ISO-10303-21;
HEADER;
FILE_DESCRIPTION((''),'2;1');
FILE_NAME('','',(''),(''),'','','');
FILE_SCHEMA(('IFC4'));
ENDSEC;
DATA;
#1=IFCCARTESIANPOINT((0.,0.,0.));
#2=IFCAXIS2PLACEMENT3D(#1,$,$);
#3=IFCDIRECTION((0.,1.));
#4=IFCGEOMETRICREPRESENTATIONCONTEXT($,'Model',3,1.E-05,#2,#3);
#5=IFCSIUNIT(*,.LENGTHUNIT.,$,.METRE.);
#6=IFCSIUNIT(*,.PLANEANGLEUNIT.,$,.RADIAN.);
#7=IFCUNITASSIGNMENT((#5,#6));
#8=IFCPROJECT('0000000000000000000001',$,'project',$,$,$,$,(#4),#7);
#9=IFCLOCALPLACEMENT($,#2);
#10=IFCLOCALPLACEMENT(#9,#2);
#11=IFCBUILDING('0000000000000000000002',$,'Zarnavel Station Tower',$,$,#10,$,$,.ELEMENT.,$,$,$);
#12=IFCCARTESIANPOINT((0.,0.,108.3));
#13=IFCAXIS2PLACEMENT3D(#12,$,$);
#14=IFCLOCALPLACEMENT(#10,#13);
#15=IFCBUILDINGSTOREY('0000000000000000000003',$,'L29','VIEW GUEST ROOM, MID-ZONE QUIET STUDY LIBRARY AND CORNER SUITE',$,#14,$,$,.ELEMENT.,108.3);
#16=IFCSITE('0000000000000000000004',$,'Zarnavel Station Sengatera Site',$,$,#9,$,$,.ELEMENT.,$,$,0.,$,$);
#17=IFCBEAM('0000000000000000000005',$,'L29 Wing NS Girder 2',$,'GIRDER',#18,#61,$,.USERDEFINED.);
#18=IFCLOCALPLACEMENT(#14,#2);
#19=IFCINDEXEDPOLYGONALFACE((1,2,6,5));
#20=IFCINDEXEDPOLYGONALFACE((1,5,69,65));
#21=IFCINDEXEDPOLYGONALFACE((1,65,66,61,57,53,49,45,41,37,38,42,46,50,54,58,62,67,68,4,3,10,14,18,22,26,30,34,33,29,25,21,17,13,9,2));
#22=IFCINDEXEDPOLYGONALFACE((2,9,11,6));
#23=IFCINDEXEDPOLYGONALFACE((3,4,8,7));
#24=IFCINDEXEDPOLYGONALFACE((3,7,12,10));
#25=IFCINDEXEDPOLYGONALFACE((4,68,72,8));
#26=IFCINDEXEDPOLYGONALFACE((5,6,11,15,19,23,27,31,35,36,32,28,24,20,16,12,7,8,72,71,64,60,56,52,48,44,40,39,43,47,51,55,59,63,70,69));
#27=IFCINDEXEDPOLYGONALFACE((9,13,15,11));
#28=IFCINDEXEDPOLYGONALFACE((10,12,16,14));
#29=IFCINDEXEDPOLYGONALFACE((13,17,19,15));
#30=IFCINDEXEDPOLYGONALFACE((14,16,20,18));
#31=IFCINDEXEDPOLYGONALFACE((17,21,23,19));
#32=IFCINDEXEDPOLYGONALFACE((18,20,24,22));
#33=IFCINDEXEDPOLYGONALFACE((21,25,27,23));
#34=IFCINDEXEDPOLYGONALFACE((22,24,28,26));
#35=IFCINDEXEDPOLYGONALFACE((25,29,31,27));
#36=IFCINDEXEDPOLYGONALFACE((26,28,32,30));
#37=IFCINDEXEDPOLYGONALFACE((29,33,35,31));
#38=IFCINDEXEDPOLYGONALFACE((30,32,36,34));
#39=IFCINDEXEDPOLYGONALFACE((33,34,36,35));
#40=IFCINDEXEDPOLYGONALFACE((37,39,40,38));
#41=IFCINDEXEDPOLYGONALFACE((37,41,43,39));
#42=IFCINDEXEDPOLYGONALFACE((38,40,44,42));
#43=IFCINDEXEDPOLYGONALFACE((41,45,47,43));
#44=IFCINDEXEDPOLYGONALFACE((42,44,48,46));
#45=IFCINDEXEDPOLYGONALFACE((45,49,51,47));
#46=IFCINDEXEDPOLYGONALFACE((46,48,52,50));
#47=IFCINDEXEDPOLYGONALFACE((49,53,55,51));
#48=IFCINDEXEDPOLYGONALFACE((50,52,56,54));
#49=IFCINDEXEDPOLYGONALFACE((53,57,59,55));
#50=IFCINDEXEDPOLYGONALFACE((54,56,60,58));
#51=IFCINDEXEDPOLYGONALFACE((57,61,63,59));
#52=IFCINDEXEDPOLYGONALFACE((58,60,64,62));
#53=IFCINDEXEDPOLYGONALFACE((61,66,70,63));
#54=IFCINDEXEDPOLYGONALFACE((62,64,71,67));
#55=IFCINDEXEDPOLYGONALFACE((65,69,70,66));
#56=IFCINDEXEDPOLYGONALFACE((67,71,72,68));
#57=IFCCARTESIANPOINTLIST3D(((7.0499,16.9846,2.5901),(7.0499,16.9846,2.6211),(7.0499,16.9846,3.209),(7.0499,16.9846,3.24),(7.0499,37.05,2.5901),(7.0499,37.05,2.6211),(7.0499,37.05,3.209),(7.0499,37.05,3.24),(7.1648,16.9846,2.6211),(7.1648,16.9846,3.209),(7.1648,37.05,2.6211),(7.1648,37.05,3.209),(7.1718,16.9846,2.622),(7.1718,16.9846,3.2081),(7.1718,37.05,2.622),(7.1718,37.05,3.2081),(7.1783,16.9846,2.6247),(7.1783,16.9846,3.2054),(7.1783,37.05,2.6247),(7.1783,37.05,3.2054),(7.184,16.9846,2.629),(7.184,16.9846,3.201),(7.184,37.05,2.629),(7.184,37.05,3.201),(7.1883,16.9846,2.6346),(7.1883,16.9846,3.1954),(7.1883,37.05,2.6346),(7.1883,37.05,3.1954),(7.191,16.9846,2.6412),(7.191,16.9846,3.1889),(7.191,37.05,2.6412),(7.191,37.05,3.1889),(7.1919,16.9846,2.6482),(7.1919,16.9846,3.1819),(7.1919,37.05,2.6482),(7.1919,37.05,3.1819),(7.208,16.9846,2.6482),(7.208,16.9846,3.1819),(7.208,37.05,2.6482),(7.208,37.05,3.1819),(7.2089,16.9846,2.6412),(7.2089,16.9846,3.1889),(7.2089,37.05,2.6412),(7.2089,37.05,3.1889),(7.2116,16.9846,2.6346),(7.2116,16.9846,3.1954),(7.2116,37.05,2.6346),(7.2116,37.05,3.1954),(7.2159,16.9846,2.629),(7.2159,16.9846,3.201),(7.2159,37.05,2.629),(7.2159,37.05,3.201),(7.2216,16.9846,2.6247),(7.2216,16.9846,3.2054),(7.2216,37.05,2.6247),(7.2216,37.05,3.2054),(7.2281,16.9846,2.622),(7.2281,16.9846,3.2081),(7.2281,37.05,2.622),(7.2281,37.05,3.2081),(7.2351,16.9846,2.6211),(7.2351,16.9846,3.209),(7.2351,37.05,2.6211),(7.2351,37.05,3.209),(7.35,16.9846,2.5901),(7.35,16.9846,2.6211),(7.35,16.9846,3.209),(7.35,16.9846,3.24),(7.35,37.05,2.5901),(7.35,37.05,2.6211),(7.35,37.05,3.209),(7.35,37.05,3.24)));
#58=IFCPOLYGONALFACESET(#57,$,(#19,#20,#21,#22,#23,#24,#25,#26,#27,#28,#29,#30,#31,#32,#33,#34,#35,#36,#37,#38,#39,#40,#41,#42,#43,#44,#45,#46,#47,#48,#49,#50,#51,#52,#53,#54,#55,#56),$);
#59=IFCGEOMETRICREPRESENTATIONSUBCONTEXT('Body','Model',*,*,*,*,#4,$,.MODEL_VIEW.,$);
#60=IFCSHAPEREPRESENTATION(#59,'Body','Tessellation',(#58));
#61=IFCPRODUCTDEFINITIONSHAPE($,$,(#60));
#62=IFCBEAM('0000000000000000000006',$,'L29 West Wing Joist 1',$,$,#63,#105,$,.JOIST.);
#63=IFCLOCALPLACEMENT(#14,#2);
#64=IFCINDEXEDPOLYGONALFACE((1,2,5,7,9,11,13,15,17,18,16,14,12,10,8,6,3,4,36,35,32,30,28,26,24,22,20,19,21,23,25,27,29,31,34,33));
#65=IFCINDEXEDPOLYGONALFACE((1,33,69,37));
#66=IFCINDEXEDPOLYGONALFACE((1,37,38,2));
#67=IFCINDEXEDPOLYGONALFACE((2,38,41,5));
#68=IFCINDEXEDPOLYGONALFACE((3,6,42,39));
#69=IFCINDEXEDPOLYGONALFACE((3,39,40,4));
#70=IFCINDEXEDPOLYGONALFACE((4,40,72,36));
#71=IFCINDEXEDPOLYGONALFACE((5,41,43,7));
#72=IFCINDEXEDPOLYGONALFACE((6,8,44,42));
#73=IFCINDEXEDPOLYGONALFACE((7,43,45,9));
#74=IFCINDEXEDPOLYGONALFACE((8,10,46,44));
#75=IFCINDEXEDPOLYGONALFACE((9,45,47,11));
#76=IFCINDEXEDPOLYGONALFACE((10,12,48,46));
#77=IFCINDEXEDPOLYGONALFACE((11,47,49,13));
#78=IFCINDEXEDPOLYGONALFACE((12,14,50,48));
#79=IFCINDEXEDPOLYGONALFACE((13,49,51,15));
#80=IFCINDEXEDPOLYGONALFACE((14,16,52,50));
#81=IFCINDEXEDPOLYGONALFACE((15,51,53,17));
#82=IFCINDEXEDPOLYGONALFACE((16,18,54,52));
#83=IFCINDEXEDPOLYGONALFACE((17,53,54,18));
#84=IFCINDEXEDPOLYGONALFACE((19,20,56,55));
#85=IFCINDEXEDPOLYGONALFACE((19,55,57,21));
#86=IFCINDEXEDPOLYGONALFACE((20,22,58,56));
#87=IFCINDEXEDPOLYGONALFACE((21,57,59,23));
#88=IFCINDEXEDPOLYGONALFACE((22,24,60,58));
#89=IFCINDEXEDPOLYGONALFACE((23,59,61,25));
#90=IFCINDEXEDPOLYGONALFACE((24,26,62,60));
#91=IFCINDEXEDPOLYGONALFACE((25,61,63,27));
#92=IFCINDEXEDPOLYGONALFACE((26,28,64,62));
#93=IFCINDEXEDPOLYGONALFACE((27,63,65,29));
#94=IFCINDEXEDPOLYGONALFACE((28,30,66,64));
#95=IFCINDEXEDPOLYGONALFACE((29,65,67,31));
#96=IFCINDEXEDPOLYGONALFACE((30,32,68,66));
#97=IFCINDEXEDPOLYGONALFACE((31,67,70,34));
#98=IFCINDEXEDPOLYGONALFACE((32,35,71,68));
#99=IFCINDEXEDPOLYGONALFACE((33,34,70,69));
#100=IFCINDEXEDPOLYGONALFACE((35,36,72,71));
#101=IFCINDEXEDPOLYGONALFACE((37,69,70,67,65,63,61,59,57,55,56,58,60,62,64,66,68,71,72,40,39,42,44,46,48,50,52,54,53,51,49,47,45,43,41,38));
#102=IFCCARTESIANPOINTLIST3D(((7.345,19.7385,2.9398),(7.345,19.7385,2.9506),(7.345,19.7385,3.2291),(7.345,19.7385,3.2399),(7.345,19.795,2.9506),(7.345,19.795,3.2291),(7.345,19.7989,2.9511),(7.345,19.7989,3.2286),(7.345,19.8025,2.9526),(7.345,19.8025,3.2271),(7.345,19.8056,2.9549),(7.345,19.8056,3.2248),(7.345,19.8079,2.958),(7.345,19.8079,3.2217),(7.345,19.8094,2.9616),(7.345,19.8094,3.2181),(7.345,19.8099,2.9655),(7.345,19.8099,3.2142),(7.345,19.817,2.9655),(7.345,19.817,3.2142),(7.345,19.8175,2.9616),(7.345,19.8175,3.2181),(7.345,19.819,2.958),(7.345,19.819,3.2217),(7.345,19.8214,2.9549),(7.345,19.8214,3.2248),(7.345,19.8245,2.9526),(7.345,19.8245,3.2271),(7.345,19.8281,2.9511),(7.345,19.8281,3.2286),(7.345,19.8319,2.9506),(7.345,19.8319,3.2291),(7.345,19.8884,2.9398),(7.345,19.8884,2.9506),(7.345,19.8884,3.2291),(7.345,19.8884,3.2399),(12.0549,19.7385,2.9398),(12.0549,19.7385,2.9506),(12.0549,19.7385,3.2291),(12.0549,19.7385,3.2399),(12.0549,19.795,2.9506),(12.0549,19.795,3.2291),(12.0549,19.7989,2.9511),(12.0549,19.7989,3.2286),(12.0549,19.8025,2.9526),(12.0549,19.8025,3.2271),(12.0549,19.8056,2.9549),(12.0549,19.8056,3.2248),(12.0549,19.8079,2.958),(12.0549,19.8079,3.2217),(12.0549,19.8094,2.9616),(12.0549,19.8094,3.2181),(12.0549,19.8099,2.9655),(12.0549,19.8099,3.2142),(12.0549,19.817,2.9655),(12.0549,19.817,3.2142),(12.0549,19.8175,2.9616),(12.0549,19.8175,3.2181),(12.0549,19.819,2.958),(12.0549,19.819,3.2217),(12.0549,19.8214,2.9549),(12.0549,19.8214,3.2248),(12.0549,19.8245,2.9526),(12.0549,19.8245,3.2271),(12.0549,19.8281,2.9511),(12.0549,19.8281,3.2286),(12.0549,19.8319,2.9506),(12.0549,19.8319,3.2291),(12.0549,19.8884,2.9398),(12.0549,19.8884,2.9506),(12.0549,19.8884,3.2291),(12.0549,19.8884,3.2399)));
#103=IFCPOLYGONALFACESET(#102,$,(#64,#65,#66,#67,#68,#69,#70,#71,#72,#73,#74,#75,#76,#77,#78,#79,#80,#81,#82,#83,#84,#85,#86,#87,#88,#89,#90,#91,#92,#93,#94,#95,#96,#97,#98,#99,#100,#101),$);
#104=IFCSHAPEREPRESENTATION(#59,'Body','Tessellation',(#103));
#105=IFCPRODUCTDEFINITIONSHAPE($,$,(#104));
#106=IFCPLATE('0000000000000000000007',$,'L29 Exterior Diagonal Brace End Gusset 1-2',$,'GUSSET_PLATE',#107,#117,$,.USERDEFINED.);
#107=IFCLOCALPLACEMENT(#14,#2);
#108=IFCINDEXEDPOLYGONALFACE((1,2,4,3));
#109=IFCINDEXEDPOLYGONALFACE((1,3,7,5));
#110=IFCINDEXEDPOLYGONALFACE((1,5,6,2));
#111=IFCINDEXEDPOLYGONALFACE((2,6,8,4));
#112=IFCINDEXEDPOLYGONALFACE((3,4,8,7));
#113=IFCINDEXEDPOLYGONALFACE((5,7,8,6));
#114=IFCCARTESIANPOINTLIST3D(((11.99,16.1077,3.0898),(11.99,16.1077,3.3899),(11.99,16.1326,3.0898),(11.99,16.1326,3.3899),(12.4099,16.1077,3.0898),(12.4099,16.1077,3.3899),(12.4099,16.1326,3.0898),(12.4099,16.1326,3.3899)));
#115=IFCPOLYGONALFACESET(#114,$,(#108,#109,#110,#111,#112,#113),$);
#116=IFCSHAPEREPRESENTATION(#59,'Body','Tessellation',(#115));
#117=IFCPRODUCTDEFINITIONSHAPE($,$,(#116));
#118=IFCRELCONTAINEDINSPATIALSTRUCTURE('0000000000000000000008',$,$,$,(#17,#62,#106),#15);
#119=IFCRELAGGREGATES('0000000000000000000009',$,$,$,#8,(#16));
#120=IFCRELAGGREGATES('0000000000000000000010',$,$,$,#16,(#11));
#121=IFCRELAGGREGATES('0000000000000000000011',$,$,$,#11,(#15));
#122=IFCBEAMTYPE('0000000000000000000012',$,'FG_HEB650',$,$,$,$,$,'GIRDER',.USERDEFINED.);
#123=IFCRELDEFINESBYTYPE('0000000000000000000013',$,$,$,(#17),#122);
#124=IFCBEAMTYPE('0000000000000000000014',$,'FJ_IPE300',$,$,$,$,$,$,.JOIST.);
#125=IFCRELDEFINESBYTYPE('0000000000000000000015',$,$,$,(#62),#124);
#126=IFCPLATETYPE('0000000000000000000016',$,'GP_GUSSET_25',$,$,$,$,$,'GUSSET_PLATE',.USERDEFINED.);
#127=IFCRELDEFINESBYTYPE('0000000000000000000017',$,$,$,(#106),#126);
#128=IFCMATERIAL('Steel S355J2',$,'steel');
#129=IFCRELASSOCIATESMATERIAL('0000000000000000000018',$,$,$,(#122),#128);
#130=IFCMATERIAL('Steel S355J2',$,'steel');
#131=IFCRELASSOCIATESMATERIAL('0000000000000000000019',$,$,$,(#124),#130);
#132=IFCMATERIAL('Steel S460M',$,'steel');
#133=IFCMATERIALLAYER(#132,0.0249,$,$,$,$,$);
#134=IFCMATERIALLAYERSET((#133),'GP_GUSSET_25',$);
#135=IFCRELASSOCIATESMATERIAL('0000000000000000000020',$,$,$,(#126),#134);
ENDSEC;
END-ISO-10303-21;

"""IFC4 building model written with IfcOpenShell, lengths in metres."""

from ifc_helpers import new_model, si_unit, direction, frame, origin, origin_2d, place, context, subcontext, project, spatial, rectangle, i_section, extrude, material, layer, layer_set, material_profile, profile_set, type_object, element, save


model = new_model("IFC4")

# Units and contexts
model_context = context("Model", 3, precision=1e-05, world=origin(), true_north=direction((0.0, 1.0)))
body_context = subcontext(model_context, "Body", "Model", "MODEL_VIEW")
ifc_project = project(units=[si_unit("LENGTHUNIT", "METRE"), si_unit("PLANEANGLEUNIT", "RADIAN")], contexts=[model_context])

# Site, building, storey
site_placement = place(None, origin())
site = spatial("IfcSite", under=ifc_project, at=site_placement, Name="Zarnavel Station Sengatera Site", CompositionType="ELEMENT", RefElevation=0.0)
building_placement = place(site_placement, origin())
building = spatial("IfcBuilding", under=site, at=building_placement, Name="Zarnavel Station Tower", CompositionType="ELEMENT")
storey_placement = place(building_placement, frame((0.0, 0.0, 108.3)))
storey = spatial("IfcBuildingStorey", under=building, at=storey_placement, Name="L29", Description="VIEW GUEST ROOM, MID-ZONE QUIET STUDY LIBRARY AND CORNER SUITE", CompositionType="ELEMENT", Elevation=108.3)

# Beams
ifc_material_1 = material(Name="Steel S355J2", Category="steel")
ifc_material_profile_1 = material_profile(ifc_material_1, i_section(OverallWidth=0.3, OverallDepth=0.6499, WebThickness=0.0161, FlangeThickness=0.031, FilletRadius=0.0271, at=origin_2d()), Name="HEB650")
ifc_profile_set_1 = profile_set([ifc_material_profile_1], Name="Steel S355J2")
beam_type_1 = type_object("IfcBeamType", Name="FG_HEB650", ElementType="GIRDER", PredefinedType="USERDEFINED", material=ifc_profile_set_1)
beam_1_placement = place(storey_placement, frame((7.2, 16.9846, 2.915), z_axis=(0.0, 1.0, 0.0), x_axis=(-1.0, 0.0, 0.0)))
element("IfcBeam", 1, at=beam_1_placement, inside=storey, type_object=beam_type_1, Name="L29 Wing NS Girder 2", ObjectType="GIRDER", PredefinedType="USERDEFINED", context=body_context, shape_type="SweptSolid", body=[
    extrude(i_section(OverallWidth=0.3, OverallDepth=0.6499, WebThickness=0.0161, FlangeThickness=0.031, FilletRadius=0.0271, at=origin_2d()), origin(), (0.0, 0.0, 1.0), 20.0654),
])
ifc_material_2 = material(Name="Steel S355J2", Category="steel")
ifc_material_profile_2 = material_profile(ifc_material_2, i_section(OverallWidth=0.1499, OverallDepth=0.3, WebThickness=0.0071, FlangeThickness=0.0107, FilletRadius=0.0149, at=origin_2d()), Name="IPE300")
ifc_profile_set_2 = profile_set([ifc_material_profile_2], Name="Steel S355J2")
beam_type_2 = type_object("IfcBeamType", Name="FJ_IPE300", PredefinedType="JOIST", material=ifc_profile_set_2)
beam_2_placement = place(storey_placement, frame((7.345, 19.8135, 3.0898), z_axis=(1.0, 0.0, 0.0), x_axis=(0.0, 1.0, 0.0)))
element("IfcBeam", 2, at=beam_2_placement, inside=storey, type_object=beam_type_2, Name="L29 West Wing Joist 1", PredefinedType="JOIST", context=body_context, shape_type="SweptSolid", body=[
    extrude(i_section(OverallWidth=0.1499, OverallDepth=0.3, WebThickness=0.0071, FlangeThickness=0.0107, FilletRadius=0.0149, at=origin_2d()), origin(), (0.0, 0.0, 1.0), 4.71),
])

# Plate
ifc_material_3 = material(Name="Steel S460M", Category="steel")
ifc_layer_1 = layer(ifc_material_3, 0.0249)
ifc_layer_set_1 = layer_set([ifc_layer_1], Name="GP_GUSSET_25")
plate_type = type_object("IfcPlateType", Name="GP_GUSSET_25", ElementType="GUSSET_PLATE", PredefinedType="USERDEFINED", material=ifc_layer_set_1)
plate_placement = place(storey_placement, frame((12.2, 16.1201, 3.0898), z_axis=(0.0, 0.0, 1.0), x_axis=(1.0, 0.0, 0.0)))
element("IfcPlate", 3, at=plate_placement, inside=storey, type_object=plate_type, Name="L29 Exterior Diagonal Brace End Gusset 1-2", ObjectType="GUSSET_PLATE", PredefinedType="USERDEFINED", context=body_context, shape_type="SweptSolid", body=[
    extrude(rectangle(XDim=0.4199, YDim=0.0249, at=origin_2d()), origin(), (0.0, 0.0, 1.0), 0.3),
])

save(model, "model.ifc")
